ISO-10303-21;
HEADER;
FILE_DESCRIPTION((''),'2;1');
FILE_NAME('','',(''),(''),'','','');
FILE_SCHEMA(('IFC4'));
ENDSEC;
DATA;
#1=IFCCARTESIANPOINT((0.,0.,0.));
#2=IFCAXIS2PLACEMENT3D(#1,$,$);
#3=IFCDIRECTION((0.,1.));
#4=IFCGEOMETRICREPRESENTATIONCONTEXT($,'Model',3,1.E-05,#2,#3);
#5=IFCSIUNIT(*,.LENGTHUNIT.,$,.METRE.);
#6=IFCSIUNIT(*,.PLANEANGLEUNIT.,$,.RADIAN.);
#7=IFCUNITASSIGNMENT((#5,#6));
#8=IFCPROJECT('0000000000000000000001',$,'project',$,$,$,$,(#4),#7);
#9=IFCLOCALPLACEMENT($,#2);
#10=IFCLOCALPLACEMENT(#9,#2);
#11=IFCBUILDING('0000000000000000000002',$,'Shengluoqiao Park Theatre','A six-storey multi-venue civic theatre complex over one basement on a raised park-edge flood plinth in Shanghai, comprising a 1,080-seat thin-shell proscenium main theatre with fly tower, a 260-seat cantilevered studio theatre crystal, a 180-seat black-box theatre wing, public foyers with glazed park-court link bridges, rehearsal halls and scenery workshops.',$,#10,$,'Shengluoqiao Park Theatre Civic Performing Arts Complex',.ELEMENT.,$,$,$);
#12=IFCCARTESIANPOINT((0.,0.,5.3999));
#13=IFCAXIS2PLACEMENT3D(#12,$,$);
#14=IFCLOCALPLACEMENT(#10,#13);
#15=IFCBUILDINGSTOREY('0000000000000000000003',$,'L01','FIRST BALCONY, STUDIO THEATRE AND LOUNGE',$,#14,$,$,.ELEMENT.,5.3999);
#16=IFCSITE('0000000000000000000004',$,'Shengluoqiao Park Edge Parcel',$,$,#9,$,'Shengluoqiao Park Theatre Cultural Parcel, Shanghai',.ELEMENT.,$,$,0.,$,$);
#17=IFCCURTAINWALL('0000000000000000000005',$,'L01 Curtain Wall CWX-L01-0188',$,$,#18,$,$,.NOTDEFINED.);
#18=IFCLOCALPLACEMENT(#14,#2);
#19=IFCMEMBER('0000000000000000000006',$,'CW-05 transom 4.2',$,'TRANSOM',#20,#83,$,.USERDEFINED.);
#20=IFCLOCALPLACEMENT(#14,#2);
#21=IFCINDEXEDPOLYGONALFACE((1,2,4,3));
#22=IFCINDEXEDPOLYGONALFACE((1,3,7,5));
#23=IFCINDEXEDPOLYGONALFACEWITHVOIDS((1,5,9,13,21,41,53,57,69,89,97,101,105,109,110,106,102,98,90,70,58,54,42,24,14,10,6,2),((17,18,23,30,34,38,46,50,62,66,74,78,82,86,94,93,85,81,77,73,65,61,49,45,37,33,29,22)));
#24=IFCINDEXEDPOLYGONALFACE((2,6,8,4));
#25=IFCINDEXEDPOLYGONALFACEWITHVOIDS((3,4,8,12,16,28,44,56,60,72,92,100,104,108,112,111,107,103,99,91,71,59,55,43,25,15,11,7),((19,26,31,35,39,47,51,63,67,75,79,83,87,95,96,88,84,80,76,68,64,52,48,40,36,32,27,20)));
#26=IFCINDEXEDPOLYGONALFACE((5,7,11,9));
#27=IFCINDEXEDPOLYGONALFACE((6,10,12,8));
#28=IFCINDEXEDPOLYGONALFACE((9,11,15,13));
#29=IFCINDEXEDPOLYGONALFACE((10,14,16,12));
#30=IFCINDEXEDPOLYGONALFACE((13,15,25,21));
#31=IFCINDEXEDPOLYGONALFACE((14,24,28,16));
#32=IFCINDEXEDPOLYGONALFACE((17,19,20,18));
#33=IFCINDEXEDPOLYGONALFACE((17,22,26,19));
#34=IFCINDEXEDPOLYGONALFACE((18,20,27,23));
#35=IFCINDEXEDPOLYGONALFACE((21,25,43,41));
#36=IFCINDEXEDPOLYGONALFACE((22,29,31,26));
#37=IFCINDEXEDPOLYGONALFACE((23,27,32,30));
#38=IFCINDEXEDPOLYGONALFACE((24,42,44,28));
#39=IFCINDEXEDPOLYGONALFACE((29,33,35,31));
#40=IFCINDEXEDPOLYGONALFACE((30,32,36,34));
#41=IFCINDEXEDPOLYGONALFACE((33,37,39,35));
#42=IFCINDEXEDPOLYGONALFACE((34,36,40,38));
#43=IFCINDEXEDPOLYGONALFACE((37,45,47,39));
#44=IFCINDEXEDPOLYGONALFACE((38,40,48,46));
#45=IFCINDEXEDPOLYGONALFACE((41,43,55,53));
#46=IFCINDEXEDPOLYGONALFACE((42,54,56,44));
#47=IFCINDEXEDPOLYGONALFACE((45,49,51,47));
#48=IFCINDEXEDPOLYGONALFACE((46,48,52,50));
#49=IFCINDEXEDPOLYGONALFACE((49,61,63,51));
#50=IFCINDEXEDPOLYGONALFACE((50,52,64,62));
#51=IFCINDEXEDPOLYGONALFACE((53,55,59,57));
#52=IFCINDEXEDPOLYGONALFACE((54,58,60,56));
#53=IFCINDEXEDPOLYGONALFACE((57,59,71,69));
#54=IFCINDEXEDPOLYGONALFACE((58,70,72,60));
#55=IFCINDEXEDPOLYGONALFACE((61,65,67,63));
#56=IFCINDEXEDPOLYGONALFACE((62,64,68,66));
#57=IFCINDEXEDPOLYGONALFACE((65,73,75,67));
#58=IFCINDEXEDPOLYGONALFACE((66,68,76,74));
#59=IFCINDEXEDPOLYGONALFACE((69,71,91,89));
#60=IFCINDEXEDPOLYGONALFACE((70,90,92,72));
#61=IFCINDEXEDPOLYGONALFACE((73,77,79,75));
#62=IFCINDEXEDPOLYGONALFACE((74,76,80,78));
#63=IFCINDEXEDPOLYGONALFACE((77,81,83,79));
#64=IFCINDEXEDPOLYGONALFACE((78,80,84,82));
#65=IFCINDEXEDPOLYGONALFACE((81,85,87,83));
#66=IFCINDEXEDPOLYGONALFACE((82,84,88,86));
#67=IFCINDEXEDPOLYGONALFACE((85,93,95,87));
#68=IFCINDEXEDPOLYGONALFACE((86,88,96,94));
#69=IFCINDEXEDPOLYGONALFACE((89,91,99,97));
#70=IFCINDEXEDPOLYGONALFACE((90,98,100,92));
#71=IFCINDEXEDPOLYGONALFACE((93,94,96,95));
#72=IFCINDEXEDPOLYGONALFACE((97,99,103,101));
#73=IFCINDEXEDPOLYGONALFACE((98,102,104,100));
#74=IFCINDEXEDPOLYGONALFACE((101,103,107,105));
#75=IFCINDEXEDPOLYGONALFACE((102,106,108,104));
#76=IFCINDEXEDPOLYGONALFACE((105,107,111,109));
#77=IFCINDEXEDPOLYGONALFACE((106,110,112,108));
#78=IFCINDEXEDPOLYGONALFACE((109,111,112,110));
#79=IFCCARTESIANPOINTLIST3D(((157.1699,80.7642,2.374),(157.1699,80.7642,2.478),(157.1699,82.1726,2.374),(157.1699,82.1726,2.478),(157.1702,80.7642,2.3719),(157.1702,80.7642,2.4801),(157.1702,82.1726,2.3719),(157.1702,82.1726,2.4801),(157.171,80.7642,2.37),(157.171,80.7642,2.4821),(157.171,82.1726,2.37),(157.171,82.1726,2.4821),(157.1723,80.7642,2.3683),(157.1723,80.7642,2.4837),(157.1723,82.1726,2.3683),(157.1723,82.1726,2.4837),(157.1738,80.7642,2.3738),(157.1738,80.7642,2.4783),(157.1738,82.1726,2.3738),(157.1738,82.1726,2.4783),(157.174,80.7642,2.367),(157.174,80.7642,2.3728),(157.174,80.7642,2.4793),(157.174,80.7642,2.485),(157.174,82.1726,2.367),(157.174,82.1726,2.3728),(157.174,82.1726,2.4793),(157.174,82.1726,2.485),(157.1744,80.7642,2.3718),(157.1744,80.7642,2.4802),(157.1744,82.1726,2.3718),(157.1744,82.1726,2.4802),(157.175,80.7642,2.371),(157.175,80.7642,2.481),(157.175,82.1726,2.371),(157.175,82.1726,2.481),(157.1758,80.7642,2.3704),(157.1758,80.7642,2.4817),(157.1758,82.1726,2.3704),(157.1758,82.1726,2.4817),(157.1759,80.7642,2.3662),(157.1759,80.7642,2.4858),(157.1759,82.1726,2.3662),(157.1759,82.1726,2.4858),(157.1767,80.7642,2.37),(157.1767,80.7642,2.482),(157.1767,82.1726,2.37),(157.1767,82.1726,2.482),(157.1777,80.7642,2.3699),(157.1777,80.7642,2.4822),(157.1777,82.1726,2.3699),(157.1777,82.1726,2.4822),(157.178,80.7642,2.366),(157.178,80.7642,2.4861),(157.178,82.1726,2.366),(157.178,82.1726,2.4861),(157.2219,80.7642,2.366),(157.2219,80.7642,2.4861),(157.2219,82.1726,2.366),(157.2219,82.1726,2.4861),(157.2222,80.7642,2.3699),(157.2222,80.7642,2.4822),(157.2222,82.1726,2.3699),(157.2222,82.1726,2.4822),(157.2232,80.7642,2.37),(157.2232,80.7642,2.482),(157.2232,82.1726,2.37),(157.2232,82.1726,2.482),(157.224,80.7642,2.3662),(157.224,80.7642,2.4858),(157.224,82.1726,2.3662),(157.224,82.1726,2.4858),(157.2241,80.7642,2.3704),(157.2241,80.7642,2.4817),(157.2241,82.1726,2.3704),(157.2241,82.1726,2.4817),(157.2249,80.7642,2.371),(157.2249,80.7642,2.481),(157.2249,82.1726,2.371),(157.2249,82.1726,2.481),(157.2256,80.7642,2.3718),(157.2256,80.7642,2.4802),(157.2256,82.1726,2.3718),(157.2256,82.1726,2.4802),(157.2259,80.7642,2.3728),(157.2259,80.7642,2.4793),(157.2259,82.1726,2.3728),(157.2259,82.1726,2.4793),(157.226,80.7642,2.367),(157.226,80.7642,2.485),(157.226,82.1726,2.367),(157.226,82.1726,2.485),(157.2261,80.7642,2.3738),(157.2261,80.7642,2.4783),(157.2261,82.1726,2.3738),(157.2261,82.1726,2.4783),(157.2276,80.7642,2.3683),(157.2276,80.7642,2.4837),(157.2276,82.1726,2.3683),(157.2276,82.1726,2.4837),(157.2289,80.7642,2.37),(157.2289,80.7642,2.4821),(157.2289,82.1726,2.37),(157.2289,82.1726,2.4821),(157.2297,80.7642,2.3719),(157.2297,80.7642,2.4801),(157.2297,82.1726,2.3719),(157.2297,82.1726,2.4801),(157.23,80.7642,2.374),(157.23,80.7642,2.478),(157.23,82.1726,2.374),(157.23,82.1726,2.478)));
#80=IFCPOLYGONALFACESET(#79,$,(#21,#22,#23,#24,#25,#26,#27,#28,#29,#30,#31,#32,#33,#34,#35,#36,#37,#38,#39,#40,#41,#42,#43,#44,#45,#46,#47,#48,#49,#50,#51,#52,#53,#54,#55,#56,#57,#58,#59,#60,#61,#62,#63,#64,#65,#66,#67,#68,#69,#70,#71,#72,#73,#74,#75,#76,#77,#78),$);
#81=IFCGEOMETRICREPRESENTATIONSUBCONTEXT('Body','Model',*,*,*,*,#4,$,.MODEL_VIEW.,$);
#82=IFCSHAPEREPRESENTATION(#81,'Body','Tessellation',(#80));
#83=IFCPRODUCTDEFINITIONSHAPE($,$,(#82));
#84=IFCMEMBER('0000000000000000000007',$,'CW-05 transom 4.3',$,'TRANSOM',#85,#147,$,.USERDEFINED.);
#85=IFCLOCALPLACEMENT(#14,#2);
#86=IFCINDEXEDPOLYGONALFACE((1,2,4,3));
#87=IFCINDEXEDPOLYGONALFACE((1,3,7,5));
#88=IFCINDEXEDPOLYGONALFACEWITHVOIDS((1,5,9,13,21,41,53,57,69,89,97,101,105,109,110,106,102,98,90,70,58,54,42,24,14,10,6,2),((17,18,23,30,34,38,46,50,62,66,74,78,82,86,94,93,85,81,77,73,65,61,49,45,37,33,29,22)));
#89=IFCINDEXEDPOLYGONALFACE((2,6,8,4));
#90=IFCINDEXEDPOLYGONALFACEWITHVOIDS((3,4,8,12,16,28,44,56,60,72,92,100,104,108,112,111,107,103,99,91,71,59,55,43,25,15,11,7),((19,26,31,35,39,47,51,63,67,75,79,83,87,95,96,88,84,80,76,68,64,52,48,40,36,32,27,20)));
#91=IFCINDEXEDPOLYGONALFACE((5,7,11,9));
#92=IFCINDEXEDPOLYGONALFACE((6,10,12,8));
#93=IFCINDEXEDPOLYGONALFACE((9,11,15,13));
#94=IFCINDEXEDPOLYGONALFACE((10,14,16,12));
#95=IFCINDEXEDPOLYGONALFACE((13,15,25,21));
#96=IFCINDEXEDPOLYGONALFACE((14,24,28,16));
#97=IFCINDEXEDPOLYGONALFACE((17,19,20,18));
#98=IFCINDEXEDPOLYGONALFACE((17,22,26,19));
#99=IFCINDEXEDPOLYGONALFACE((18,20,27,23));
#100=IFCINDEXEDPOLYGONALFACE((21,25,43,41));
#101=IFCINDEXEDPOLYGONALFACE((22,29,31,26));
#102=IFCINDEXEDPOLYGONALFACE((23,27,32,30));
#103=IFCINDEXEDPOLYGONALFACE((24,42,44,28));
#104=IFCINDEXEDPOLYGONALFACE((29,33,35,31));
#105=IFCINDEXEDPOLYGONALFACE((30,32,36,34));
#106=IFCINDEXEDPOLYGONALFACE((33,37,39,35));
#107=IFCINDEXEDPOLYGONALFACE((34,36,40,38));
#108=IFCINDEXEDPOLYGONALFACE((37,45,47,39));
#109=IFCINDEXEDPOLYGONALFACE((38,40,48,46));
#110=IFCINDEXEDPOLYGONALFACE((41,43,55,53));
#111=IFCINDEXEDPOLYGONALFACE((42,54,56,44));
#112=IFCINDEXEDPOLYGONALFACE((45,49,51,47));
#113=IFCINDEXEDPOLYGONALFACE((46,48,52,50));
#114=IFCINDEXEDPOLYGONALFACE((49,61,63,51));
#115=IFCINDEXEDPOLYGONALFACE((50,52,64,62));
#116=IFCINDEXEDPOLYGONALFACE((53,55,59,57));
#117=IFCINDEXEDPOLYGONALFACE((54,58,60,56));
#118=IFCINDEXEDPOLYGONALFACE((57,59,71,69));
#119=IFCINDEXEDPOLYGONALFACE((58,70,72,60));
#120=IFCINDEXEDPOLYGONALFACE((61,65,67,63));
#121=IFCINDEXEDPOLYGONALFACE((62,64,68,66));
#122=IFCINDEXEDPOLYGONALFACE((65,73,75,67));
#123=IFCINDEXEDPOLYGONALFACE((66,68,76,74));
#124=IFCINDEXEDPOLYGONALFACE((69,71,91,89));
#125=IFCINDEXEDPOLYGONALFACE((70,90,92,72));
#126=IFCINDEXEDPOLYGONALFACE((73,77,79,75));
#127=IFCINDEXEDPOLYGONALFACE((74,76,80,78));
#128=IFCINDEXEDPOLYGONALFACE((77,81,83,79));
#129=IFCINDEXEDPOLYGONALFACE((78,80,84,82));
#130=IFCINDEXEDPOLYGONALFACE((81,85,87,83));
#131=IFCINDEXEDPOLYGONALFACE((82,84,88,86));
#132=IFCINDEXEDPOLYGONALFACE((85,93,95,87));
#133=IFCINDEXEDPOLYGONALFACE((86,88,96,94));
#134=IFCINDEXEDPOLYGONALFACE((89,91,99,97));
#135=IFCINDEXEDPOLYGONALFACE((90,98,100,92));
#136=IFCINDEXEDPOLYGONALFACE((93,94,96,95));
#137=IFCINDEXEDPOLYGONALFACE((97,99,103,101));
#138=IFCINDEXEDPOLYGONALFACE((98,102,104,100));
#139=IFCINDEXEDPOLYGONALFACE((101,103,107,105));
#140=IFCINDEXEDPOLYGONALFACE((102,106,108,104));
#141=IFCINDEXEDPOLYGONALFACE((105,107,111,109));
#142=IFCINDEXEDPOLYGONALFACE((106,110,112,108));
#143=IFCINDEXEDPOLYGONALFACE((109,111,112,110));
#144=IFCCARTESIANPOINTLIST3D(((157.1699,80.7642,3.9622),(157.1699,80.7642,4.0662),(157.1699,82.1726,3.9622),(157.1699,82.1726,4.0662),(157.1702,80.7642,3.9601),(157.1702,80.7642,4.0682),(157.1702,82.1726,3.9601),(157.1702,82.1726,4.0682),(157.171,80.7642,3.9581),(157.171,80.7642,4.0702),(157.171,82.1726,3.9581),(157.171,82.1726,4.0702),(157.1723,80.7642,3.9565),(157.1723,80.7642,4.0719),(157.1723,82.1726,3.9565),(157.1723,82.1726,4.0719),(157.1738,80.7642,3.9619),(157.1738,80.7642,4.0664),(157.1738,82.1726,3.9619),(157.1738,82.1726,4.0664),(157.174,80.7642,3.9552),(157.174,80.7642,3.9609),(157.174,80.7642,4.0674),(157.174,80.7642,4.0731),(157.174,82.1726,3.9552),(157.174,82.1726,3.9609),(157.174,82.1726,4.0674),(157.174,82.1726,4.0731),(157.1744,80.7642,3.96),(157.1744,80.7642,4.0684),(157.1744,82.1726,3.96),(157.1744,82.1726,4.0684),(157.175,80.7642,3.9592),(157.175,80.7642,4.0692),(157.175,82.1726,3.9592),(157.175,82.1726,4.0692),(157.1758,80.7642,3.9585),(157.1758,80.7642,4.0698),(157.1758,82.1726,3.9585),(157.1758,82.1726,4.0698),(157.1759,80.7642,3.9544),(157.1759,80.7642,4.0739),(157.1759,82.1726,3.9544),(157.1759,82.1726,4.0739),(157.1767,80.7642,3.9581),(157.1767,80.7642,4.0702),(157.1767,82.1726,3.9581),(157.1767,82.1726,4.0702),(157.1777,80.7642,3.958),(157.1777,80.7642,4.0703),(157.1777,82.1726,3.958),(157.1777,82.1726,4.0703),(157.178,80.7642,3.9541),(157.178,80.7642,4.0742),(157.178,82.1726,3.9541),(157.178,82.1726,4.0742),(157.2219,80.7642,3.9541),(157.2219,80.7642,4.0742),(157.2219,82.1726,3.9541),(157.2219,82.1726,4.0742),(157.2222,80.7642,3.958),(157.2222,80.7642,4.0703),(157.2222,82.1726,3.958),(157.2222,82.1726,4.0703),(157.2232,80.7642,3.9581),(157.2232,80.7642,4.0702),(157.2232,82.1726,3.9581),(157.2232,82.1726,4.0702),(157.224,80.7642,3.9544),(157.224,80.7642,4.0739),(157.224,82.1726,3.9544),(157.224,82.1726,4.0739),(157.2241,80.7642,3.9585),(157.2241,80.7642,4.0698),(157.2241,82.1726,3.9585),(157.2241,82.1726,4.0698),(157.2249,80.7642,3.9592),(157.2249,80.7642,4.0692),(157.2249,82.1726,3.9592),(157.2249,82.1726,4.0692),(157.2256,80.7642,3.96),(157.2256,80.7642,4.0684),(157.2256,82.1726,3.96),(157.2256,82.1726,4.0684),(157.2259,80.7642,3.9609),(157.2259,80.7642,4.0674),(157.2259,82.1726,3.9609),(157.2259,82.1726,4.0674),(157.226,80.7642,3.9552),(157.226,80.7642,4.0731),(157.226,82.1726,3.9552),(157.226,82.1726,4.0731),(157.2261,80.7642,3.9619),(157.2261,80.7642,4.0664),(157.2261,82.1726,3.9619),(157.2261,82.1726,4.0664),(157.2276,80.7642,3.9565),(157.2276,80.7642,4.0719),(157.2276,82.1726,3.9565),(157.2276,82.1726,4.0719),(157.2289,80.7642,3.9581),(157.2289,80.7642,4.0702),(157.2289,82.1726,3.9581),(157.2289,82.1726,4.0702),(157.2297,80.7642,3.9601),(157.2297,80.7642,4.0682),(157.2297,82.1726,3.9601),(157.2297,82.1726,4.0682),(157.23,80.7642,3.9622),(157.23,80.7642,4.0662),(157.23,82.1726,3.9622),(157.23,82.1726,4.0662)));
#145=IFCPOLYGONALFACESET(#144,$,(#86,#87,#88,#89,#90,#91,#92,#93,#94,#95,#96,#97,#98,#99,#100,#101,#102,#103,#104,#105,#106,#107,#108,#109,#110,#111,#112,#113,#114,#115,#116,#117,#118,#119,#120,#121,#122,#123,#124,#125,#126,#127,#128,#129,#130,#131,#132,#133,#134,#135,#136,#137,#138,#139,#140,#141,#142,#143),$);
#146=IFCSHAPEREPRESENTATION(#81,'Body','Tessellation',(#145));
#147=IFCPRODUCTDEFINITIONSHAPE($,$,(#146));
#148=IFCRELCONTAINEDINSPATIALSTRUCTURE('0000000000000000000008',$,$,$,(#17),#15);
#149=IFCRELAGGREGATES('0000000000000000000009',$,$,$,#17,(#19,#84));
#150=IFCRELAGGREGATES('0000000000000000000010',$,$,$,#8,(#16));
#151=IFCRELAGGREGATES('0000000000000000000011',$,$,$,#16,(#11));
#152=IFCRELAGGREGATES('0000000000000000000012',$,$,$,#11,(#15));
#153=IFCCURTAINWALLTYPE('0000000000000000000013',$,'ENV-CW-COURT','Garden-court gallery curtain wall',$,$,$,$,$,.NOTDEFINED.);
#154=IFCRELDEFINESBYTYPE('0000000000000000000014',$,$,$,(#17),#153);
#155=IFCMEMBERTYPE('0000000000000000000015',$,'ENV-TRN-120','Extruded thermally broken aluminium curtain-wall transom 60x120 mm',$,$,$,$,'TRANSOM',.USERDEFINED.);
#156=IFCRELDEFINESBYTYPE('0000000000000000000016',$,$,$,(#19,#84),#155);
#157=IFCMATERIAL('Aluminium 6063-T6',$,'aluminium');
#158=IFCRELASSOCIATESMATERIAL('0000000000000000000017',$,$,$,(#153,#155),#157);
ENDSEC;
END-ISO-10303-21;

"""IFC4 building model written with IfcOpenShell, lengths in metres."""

from ifc_helpers import new_model, si_unit, direction, frame, origin, origin_2d, place, context, subcontext, project, spatial, hollow_rectangle, extrude, material, material_profile, profile_set, type_object, element, aggregate, save


model = new_model("IFC4")

# Units and contexts
model_context = context("Model", 3, precision=1e-05, world=origin(), true_north=direction((0.0, 1.0)))
body_context = subcontext(model_context, "Body", "Model", "MODEL_VIEW")
ifc_project = project(units=[si_unit("LENGTHUNIT", "METRE"), si_unit("PLANEANGLEUNIT", "RADIAN")], contexts=[model_context])

# Site, building, storey
site_placement = place(None, origin())
site = spatial("IfcSite", under=ifc_project, at=site_placement, Name="Shengluoqiao Park Edge Parcel", LongName="Shengluoqiao Park Theatre Cultural Parcel, Shanghai", CompositionType="ELEMENT", RefElevation=0.0)
building_placement = place(site_placement, origin())
building = spatial("IfcBuilding", under=site, at=building_placement, Name="Shengluoqiao Park Theatre", Description="A six-storey multi-venue civic theatre complex over one basement on a raised park-edge flood plinth in Shanghai, comprising a 1,080-seat thin-shell proscenium main theatre with fly tower, a 260-seat cantilevered studio theatre crystal, a 180-seat black-box theatre wing, public foyers with glazed park-court link bridges, rehearsal halls and scenery workshops.", LongName="Shengluoqiao Park Theatre Civic Performing Arts Complex", CompositionType="ELEMENT")
storey_placement = place(building_placement, frame((0.0, 0.0, 5.3999)))
storey = spatial("IfcBuildingStorey", under=building, at=storey_placement, Name="L01", Description="FIRST BALCONY, STUDIO THEATRE AND LOUNGE", CompositionType="ELEMENT", Elevation=5.3999)

# Curtain wall, members
ifc_material_1 = material(Name="Aluminium 6063-T6", Category="aluminium")
curtain_wall_type = type_object("IfcCurtainWallType", Name="ENV-CW-COURT", Description="Garden-court gallery curtain wall", PredefinedType="NOTDEFINED", material=ifc_material_1)
curtain_wall_placement = place(storey_placement, origin())
curtain_wall = element("IfcCurtainWall", 1, at=curtain_wall_placement, inside=storey, type_object=curtain_wall_type, Name="L01 Curtain Wall CWX-L01-0188", PredefinedType="NOTDEFINED")
ifc_material_profile_1 = material_profile(ifc_material_1, hollow_rectangle(XDim=0.0601, YDim=0.1201, WallThickness=0.0039, InnerFilletRadius=0.0039, OuterFilletRadius=0.0081, at=origin_2d()), Name="ALU TRANSOM 120x60x4")
ifc_profile_set_1 = profile_set([ifc_material_profile_1], Name="Aluminium 6063-T6")
member_type_1 = type_object("IfcMemberType", Name="ENV-TRN-120", Description="Extruded thermally broken aluminium curtain-wall transom 60x120 mm", ElementType="TRANSOM", PredefinedType="USERDEFINED", material=ifc_profile_set_1)
member_1_placement = place(storey_placement, frame((157.2, 80.7642, 2.426), z_axis=(0.0, 1.0, 0.0), x_axis=(-1.0, 0.0, 0.0)))
member_1 = element("IfcMember", 2, at=member_1_placement, type_object=member_type_1, Name="CW-05 transom 4.2", ObjectType="TRANSOM", PredefinedType="USERDEFINED", context=body_context, shape_type="SweptSolid", body=[
    extrude(hollow_rectangle(XDim=0.0601, YDim=0.1201, WallThickness=0.0039, InnerFilletRadius=0.0039, OuterFilletRadius=0.0081, at=origin_2d()), origin(), (0.0, 0.0, 1.0), 1.4084),
])
member_2_placement = place(storey_placement, frame((157.2, 80.7642, 4.0142), z_axis=(0.0, 1.0, 0.0), x_axis=(-1.0, 0.0, 0.0)))
member_2 = element("IfcMember", 3, at=member_2_placement, type_object=member_type_1, Name="CW-05 transom 4.3", ObjectType="TRANSOM", PredefinedType="USERDEFINED", context=body_context, shape_type="SweptSolid", body=[
    extrude(hollow_rectangle(XDim=0.0601, YDim=0.1201, WallThickness=0.0039, InnerFilletRadius=0.0039, OuterFilletRadius=0.0081, at=origin_2d()), origin(), (0.0, 0.0, 1.0), 1.4084),
])

aggregate(curtain_wall, [member_1, member_2])

save(model, "model.ifc")
